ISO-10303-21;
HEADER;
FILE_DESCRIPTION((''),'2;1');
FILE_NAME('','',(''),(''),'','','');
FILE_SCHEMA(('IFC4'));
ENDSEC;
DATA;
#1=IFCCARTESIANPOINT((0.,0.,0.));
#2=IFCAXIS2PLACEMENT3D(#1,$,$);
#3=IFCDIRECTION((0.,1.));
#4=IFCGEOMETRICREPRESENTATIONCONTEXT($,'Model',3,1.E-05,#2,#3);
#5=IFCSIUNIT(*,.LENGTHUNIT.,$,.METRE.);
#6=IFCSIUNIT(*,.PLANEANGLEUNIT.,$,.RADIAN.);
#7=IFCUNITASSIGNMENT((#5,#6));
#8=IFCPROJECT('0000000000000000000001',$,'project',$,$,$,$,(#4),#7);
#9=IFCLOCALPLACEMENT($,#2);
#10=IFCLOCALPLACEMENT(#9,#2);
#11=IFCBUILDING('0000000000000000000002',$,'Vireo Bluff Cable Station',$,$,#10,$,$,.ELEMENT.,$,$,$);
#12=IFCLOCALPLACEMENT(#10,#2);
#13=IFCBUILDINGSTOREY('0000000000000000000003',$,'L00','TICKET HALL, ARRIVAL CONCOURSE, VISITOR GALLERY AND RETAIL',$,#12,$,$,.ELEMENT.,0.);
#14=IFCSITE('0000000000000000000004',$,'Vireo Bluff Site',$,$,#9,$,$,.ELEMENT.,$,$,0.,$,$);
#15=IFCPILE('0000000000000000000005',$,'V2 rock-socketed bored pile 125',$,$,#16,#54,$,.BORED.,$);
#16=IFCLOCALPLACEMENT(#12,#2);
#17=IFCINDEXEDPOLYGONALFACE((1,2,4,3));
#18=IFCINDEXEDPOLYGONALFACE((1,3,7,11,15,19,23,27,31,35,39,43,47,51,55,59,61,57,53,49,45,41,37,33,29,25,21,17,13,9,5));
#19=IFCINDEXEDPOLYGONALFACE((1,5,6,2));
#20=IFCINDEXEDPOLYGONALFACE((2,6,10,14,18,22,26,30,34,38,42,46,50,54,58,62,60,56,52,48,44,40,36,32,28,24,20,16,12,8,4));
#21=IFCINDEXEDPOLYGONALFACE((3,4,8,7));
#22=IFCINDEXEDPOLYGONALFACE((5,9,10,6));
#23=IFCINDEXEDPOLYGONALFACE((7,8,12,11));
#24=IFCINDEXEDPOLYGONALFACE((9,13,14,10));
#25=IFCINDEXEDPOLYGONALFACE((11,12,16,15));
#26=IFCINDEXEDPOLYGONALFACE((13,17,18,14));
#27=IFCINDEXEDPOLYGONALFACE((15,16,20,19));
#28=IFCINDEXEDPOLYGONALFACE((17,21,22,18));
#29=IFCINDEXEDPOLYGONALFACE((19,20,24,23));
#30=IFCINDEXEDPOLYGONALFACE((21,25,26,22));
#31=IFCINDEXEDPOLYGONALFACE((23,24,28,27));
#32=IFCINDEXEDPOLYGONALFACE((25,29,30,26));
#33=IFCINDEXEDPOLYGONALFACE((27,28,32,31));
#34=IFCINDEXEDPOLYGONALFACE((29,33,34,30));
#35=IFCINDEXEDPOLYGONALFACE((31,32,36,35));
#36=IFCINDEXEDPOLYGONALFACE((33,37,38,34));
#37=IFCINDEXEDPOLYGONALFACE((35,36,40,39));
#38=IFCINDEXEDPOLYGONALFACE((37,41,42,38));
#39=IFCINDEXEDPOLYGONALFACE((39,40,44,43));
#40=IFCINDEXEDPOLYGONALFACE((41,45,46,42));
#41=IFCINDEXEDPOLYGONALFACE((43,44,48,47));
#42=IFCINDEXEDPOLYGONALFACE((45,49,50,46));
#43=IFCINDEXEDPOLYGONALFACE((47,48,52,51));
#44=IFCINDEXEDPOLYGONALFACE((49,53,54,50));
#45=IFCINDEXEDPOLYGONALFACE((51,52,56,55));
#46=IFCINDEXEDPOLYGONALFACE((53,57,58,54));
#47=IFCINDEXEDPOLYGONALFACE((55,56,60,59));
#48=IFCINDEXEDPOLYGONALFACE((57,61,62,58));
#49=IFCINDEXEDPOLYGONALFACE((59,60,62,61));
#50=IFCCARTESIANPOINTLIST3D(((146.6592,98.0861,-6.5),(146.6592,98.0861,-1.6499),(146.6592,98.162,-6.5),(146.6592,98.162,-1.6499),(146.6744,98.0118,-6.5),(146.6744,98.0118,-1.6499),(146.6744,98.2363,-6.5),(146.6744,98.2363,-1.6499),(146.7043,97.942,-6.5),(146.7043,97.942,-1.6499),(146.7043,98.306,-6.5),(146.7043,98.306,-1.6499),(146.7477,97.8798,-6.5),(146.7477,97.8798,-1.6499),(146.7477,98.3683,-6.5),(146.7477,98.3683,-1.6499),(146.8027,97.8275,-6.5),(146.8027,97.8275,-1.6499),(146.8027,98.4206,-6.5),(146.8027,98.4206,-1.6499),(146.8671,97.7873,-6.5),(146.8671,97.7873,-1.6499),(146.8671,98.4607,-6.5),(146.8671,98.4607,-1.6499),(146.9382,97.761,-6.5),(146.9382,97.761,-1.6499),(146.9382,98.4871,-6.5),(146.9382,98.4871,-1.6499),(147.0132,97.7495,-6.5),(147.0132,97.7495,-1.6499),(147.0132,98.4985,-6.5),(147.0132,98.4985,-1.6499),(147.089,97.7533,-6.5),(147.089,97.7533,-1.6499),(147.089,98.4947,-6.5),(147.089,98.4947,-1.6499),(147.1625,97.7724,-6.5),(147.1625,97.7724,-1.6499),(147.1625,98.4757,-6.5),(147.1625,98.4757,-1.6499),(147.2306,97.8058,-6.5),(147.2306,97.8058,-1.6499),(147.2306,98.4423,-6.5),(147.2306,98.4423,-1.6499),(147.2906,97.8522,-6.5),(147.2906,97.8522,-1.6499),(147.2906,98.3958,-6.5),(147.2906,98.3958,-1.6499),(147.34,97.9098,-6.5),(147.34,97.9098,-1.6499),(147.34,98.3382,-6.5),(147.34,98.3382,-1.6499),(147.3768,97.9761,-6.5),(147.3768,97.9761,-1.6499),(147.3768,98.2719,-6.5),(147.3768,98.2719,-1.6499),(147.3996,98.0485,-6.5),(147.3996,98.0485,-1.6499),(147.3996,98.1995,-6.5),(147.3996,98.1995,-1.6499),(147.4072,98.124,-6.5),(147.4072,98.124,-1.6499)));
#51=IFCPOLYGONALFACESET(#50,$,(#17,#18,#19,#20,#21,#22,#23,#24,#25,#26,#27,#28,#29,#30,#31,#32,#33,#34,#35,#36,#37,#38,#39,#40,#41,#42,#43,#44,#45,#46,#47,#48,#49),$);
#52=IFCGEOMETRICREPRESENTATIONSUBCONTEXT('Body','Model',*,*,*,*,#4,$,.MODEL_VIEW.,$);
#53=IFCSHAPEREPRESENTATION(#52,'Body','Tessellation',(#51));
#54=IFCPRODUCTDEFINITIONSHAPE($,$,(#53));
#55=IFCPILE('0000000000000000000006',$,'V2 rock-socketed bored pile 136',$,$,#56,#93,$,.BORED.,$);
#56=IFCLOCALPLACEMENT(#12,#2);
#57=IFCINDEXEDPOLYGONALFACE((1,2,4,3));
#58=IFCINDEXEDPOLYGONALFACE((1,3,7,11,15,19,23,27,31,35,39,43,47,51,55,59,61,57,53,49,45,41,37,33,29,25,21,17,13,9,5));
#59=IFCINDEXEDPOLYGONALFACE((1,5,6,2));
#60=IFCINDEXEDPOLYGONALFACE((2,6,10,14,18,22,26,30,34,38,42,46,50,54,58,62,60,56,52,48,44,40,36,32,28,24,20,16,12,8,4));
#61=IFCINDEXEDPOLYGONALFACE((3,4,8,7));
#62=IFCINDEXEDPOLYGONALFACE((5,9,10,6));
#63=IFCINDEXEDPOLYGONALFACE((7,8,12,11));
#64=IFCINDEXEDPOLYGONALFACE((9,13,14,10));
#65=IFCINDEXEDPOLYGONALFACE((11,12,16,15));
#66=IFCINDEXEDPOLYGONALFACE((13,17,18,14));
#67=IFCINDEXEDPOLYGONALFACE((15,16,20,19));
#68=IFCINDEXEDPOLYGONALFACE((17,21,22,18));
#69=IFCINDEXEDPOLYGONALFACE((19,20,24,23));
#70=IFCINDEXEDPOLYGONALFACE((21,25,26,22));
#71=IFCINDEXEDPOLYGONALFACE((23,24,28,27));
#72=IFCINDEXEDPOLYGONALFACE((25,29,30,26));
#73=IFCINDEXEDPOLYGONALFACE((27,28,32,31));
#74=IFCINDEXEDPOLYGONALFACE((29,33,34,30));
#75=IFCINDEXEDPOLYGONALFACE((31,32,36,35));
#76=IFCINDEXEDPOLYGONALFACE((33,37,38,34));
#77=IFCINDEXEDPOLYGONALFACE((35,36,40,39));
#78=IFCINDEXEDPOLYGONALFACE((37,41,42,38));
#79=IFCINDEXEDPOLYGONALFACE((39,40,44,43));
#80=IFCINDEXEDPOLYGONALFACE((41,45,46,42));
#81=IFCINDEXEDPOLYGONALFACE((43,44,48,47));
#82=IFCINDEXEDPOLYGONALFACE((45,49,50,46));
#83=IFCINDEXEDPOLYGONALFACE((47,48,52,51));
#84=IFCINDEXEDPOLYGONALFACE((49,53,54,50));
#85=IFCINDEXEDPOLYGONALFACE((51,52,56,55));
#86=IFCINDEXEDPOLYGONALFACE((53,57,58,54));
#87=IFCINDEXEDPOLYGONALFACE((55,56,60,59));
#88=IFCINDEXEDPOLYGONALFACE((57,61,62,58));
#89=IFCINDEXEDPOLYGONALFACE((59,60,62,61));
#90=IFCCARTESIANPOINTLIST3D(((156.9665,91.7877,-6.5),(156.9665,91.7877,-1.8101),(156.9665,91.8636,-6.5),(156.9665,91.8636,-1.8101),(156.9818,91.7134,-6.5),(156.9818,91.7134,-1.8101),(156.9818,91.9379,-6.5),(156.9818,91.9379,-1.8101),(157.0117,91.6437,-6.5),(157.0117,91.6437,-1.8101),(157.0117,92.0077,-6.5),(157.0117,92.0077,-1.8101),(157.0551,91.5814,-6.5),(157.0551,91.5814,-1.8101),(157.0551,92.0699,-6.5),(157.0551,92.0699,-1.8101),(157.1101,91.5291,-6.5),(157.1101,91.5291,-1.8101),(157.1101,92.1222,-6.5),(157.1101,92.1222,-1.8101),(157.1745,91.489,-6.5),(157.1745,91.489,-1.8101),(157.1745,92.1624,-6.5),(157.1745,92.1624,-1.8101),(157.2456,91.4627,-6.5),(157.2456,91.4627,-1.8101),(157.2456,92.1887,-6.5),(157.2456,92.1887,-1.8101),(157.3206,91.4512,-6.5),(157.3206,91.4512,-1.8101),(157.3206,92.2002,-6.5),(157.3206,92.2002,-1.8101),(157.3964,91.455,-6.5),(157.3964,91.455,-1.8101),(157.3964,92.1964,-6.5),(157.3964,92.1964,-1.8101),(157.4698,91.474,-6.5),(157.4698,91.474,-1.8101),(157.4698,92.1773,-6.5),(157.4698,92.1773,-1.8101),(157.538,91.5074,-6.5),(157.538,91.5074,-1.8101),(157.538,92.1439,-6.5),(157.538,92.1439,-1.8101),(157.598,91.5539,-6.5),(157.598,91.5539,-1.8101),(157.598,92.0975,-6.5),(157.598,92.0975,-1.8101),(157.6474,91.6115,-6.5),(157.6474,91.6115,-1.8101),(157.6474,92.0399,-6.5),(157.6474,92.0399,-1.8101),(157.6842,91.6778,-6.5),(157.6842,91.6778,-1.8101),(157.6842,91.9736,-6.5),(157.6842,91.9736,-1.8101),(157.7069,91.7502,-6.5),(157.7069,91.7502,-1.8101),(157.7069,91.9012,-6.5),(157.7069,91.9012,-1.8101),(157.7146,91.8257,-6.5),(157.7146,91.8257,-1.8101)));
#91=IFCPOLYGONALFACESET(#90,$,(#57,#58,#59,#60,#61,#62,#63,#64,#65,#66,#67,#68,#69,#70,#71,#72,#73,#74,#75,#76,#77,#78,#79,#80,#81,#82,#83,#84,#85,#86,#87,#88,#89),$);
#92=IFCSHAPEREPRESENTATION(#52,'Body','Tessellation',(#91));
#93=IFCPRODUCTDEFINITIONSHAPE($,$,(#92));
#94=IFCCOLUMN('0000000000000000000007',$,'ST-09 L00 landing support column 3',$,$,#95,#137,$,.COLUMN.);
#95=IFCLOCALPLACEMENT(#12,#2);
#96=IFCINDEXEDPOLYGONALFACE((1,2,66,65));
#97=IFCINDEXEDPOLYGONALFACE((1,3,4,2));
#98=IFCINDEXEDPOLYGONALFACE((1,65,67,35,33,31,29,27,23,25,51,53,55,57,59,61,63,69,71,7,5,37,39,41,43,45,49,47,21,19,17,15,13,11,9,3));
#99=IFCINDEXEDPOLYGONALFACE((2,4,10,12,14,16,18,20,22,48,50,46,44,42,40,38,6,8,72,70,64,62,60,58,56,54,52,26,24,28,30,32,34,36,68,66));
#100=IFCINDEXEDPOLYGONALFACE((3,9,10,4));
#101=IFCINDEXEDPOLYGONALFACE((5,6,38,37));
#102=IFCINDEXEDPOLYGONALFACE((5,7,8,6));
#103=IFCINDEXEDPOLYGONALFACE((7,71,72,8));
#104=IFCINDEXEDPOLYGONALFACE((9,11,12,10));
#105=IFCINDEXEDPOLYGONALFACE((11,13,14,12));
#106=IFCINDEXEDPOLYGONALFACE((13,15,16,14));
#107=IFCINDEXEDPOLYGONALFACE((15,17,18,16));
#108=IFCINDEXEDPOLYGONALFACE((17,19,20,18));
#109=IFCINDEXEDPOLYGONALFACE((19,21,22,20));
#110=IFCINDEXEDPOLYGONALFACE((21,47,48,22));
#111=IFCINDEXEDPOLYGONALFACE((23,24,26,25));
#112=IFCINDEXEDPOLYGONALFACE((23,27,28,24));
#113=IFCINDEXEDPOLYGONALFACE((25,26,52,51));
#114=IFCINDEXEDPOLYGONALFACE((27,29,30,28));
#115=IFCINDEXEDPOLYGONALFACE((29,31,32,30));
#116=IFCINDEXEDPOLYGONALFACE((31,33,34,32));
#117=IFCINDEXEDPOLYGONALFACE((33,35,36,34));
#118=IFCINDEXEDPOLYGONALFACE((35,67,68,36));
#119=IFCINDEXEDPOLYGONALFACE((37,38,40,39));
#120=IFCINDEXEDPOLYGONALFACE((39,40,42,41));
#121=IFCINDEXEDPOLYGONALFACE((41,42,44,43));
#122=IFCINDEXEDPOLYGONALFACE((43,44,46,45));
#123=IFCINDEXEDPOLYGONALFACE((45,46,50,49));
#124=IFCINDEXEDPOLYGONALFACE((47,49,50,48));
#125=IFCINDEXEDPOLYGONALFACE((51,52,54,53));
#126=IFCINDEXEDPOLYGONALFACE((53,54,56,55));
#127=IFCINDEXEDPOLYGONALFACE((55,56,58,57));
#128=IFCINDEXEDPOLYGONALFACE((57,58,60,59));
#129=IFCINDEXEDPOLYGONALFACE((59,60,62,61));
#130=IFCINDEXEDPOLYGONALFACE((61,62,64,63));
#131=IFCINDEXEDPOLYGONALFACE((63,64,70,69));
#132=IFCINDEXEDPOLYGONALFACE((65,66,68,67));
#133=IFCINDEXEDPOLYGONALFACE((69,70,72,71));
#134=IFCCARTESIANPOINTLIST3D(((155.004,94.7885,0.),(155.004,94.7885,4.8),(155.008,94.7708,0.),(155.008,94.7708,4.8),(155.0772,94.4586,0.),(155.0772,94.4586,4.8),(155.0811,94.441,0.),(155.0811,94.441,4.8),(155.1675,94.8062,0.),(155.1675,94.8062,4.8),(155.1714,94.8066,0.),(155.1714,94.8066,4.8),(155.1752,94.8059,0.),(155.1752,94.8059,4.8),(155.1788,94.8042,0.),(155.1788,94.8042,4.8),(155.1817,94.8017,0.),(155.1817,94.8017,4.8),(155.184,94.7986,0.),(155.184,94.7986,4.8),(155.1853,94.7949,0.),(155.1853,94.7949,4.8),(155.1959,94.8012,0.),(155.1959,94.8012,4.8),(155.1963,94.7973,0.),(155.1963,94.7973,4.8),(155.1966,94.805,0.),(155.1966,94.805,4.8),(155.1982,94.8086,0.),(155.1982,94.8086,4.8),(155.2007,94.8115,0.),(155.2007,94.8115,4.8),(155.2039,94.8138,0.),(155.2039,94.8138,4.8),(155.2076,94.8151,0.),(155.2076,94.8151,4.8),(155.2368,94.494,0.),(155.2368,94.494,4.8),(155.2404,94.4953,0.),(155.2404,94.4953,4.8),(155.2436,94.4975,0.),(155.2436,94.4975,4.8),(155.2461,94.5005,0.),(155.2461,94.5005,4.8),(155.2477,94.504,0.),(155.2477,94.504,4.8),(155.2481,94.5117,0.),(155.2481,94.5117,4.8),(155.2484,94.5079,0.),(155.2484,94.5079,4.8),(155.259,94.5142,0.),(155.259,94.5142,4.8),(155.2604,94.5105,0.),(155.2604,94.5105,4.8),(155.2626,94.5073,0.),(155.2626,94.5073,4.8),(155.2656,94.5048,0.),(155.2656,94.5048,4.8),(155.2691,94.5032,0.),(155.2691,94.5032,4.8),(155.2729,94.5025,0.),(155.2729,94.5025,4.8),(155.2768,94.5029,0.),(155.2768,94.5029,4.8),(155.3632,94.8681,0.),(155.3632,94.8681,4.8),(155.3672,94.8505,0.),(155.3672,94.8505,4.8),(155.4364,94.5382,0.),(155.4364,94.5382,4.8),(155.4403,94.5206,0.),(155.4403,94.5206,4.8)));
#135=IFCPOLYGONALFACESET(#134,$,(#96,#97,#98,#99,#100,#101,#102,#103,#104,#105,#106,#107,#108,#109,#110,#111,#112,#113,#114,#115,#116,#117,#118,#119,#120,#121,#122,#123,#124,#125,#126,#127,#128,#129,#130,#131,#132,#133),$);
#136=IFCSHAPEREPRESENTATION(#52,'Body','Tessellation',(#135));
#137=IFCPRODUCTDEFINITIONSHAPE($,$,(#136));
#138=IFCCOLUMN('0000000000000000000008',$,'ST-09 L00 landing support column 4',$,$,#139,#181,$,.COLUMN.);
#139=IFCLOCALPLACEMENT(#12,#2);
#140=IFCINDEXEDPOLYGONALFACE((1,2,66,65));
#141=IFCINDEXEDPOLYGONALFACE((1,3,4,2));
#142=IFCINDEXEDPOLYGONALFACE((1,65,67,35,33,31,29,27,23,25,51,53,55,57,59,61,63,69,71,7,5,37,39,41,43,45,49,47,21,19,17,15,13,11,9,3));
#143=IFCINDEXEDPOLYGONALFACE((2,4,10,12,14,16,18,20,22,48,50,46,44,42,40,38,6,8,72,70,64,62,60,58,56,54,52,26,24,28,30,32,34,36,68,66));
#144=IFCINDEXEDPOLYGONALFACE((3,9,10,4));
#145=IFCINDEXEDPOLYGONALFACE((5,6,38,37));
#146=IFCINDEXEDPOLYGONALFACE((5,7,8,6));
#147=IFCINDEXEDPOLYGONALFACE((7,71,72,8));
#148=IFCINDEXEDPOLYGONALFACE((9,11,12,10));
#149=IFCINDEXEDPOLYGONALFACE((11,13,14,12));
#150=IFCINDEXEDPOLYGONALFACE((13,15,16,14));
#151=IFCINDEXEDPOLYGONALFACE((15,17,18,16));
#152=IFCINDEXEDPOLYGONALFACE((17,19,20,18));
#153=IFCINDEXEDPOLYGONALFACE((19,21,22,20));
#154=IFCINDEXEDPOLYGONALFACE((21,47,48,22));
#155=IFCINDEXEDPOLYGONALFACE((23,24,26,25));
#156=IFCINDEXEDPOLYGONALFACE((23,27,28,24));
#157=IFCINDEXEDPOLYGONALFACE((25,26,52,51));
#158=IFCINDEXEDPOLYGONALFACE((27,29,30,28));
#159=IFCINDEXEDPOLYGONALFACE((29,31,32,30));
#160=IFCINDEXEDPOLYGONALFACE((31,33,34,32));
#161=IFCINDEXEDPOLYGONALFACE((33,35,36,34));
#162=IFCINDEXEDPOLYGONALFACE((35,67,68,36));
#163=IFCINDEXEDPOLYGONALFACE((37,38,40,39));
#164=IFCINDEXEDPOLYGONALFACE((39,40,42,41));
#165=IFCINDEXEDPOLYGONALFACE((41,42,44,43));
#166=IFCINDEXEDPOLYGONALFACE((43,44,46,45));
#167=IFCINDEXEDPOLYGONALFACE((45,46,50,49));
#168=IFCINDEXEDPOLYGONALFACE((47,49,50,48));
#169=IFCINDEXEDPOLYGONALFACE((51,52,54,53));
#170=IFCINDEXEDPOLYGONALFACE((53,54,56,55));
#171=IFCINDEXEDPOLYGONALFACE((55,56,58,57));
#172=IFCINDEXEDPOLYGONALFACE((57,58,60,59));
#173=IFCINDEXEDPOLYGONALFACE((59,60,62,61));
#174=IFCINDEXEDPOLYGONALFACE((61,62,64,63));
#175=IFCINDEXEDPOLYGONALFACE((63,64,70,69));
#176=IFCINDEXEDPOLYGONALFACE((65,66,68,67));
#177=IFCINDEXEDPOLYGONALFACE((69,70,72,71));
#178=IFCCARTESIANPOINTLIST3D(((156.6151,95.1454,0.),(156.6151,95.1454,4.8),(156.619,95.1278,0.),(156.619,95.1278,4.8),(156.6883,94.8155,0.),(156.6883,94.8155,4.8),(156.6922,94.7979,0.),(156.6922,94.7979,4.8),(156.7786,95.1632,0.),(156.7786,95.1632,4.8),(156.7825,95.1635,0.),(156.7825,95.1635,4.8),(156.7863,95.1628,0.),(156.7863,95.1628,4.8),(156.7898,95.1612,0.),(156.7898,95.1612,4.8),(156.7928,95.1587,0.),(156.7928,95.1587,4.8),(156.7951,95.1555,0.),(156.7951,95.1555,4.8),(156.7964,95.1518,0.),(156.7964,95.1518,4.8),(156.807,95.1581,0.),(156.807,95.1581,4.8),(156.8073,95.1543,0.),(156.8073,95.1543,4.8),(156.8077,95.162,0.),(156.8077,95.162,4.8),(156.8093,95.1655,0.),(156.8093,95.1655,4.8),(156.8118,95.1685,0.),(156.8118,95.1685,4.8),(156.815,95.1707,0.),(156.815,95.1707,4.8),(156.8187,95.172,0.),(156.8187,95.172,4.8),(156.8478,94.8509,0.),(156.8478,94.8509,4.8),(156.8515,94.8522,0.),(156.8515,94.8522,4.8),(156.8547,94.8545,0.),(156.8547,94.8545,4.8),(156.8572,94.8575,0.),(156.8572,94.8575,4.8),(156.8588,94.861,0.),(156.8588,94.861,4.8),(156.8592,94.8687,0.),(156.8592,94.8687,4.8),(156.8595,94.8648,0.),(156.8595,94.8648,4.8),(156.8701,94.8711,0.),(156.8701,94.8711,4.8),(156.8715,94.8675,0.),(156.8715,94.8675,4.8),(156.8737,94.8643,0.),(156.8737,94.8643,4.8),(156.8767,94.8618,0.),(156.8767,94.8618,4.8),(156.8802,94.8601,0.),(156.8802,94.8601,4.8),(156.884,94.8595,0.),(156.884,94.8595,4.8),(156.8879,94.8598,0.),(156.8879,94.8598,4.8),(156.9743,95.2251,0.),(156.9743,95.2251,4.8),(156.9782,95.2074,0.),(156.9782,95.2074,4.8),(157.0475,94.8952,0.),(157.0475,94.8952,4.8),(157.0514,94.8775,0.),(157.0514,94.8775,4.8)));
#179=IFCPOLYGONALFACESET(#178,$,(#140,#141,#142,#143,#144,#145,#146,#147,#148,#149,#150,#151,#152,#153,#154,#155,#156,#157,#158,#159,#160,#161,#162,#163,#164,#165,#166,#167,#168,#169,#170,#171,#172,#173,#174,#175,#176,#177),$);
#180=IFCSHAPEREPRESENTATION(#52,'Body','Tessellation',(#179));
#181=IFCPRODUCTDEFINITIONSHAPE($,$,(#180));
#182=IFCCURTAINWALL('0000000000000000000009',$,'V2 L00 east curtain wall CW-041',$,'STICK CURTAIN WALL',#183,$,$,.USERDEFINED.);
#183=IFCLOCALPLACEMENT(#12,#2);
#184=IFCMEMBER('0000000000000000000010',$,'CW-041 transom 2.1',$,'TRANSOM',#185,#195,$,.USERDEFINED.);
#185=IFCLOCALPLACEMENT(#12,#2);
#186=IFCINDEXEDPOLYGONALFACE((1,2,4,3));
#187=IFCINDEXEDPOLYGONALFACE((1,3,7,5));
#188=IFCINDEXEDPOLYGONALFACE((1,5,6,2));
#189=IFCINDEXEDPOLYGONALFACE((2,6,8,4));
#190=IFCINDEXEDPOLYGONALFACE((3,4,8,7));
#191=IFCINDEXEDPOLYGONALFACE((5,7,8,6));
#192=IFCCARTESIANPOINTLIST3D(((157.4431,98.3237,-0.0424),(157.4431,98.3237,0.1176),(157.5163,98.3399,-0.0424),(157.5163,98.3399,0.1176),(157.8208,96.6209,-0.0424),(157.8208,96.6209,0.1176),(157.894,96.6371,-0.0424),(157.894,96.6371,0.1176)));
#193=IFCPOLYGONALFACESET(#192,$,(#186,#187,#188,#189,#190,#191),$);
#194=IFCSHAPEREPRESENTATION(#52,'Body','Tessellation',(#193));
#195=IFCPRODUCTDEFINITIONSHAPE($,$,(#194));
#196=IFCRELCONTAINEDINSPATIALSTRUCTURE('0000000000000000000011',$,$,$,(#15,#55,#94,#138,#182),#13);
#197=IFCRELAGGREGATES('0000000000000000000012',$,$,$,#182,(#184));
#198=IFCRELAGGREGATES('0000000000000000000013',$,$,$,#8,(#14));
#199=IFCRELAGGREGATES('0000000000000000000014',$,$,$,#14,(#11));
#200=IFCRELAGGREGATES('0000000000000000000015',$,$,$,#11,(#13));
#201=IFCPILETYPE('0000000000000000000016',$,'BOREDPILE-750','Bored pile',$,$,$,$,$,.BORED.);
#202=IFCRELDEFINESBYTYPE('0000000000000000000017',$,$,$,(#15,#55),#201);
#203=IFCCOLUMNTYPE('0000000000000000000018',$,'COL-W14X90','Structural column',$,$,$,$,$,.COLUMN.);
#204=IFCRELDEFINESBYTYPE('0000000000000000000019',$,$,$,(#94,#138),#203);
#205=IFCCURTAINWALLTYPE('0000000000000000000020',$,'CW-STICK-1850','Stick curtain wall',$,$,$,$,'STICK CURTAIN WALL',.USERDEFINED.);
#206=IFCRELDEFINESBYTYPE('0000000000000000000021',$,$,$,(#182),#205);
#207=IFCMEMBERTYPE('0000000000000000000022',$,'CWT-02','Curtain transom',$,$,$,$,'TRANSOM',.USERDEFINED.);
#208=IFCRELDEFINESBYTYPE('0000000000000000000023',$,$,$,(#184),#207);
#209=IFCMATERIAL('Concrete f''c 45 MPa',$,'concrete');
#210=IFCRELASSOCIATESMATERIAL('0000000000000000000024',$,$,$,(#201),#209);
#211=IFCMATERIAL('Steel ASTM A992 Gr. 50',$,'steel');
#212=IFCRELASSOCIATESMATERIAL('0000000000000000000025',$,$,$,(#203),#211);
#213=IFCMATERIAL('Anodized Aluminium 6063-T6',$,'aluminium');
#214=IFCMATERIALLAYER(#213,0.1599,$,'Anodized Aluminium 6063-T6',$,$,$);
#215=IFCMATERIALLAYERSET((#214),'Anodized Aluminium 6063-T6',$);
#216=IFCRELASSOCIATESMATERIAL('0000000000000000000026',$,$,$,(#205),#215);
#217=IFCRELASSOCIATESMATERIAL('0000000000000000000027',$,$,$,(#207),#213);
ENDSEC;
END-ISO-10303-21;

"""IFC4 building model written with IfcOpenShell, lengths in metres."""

from ifc_helpers import new_model, si_unit, direction, frame, origin, origin_2d, place, context, subcontext, project, spatial, rectangle, circle, i_section, extrude, material, layer, layer_set, material_profile, profile_set, type_object, element, aggregate, save


model = new_model("IFC4")

# Units and contexts
model_context = context("Model", 3, precision=1e-05, world=origin(), true_north=direction((0.0, 1.0)))
body_context = subcontext(model_context, "Body", "Model", "MODEL_VIEW")
ifc_project = project(units=[si_unit("LENGTHUNIT", "METRE"), si_unit("PLANEANGLEUNIT", "RADIAN")], contexts=[model_context])

# Site, building, storey
site_placement = place(None, origin())
site = spatial("IfcSite", under=ifc_project, at=site_placement, Name="Vireo Bluff Site", CompositionType="ELEMENT", RefElevation=0.0)
building_placement = place(site_placement, origin())
building = spatial("IfcBuilding", under=site, at=building_placement, Name="Vireo Bluff Cable Station", CompositionType="ELEMENT")
storey_placement = place(building_placement, origin())
storey = spatial("IfcBuildingStorey", under=building, at=storey_placement, Name="L00", Description="TICKET HALL, ARRIVAL CONCOURSE, VISITOR GALLERY AND RETAIL", CompositionType="ELEMENT", Elevation=0.0)

# Piles
ifc_material_1 = material(Name="Concrete f'c 45 MPa", Category="concrete")
ifc_material_profile_1 = material_profile(ifc_material_1, circle(Radius=0.375, at=origin_2d()), Name="BOREDPILE-750")
ifc_profile_set_1 = profile_set([ifc_material_profile_1], Name="Concrete f'c 45 MPa")
pile_type = type_object("IfcPileType", Name="BOREDPILE-750", Description="Bored pile", PredefinedType="BORED", material=ifc_profile_set_1)
pile_1_placement = place(storey_placement, frame((147.0322, 98.124, -1.6499), z_axis=(0.0, 0.0, -1.0), x_axis=(1.0, 0.0, 0.0)))
element("IfcPile", 1, at=pile_1_placement, inside=storey, type_object=pile_type, Name="V2 rock-socketed bored pile 125", PredefinedType="BORED", context=body_context, shape_type="SweptSolid", body=[
    extrude(circle(Radius=0.375, at=origin_2d()), origin(), (0.0, 0.0, 1.0), 4.8501),
])
pile_2_placement = place(storey_placement, frame((157.3396, 91.8257, -1.8101), z_axis=(0.0, 0.0, -1.0), x_axis=(1.0, 0.0, 0.0)))
element("IfcPile", 2, at=pile_2_placement, inside=storey, type_object=pile_type, Name="V2 rock-socketed bored pile 136", PredefinedType="BORED", context=body_context, shape_type="SweptSolid", body=[
    extrude(circle(Radius=0.375, at=origin_2d()), origin(), (0.0, 0.0, 1.0), 4.6899),
])

# Columns
ifc_material_2 = material(Name="Steel ASTM A992 Gr. 50", Category="steel")
ifc_material_profile_2 = material_profile(ifc_material_2, i_section(OverallWidth=0.3679, OverallDepth=0.356, WebThickness=0.0112, FlangeThickness=0.0181, FilletRadius=0.0149, at=origin_2d()), Name="W14X90")
ifc_profile_set_2 = profile_set([ifc_material_profile_2], Name="Steel ASTM A992 Gr. 50")
column_type = type_object("IfcColumnType", Name="COL-W14X90", Description="Structural column", PredefinedType="COLUMN", material=ifc_profile_set_2)
for number, where, z_axis, x_axis, name in (
    (3, (155.2222, 94.6545, 0.0), (0.0, 0.0, 1.0), (0.976296, 0.21644, 0.0), "ST-09 L00 landing support column 3"),
    (4, (156.8333, 95.0115, 0.0), (0.0, 0.0, 1.0), (0.976296, 0.21644, 0.0), "ST-09 L00 landing support column 4"),
):
    element("IfcColumn", number, at=place(storey_placement, frame(where, z_axis=z_axis, x_axis=x_axis)), inside=storey, type_object=column_type, Name=name, PredefinedType="COLUMN", context=body_context, shape_type="SweptSolid", body=[
        extrude(i_section(OverallWidth=0.3679, OverallDepth=0.356, WebThickness=0.0112, FlangeThickness=0.0181, FilletRadius=0.0149, at=origin_2d()), origin(), (0.0, 0.0, 1.0), 4.8),
    ])

# Curtain wall, member
ifc_material_3 = material(Name="Anodized Aluminium 6063-T6", Category="aluminium")
ifc_layer_1 = layer(ifc_material_3, 0.1599, Name="Anodized Aluminium 6063-T6")
ifc_layer_set_1 = layer_set([ifc_layer_1], Name="Anodized Aluminium 6063-T6")
curtain_wall_type = type_object("IfcCurtainWallType", Name="CW-STICK-1850", Description="Stick curtain wall", ElementType="STICK CURTAIN WALL", PredefinedType="USERDEFINED", material=ifc_layer_set_1)
curtain_wall_placement = place(storey_placement, origin())
curtain_wall = element("IfcCurtainWall", 5, at=curtain_wall_placement, inside=storey, type_object=curtain_wall_type, Name="V2 L00 east curtain wall CW-041", ObjectType="STICK CURTAIN WALL", PredefinedType="USERDEFINED")
ifc_material_profile_3 = material_profile(ifc_material_3, rectangle(XDim=0.075, YDim=0.1599, at=origin_2d()), Name="ALU-T-75X160")
ifc_profile_set_3 = profile_set([ifc_material_profile_3], Name="Anodized Aluminium 6063-T6")
member_type_1 = type_object("IfcMemberType", Name="CWT-02", Description="Curtain transom", ElementType="TRANSOM", PredefinedType="USERDEFINED", material=ifc_profile_set_3)
member_1_placement = place(storey_placement, frame((157.4797, 98.3318, 0.0376), z_axis=(0.21653, -0.976276, 0.0), x_axis=(0.976276, 0.21653, 0.0)))
member_1 = element("IfcMember", 6, at=member_1_placement, type_object=member_type_1, Name="CW-041 transom 2.1", ObjectType="TRANSOM", PredefinedType="USERDEFINED", context=body_context, shape_type="SweptSolid", body=[
    extrude(rectangle(XDim=0.075, YDim=0.1599, at=origin_2d()), origin(), (0.0, 0.0, 1.0), 1.7441),
])

aggregate(curtain_wall, [member_1])

save(model, "model.ifc")
